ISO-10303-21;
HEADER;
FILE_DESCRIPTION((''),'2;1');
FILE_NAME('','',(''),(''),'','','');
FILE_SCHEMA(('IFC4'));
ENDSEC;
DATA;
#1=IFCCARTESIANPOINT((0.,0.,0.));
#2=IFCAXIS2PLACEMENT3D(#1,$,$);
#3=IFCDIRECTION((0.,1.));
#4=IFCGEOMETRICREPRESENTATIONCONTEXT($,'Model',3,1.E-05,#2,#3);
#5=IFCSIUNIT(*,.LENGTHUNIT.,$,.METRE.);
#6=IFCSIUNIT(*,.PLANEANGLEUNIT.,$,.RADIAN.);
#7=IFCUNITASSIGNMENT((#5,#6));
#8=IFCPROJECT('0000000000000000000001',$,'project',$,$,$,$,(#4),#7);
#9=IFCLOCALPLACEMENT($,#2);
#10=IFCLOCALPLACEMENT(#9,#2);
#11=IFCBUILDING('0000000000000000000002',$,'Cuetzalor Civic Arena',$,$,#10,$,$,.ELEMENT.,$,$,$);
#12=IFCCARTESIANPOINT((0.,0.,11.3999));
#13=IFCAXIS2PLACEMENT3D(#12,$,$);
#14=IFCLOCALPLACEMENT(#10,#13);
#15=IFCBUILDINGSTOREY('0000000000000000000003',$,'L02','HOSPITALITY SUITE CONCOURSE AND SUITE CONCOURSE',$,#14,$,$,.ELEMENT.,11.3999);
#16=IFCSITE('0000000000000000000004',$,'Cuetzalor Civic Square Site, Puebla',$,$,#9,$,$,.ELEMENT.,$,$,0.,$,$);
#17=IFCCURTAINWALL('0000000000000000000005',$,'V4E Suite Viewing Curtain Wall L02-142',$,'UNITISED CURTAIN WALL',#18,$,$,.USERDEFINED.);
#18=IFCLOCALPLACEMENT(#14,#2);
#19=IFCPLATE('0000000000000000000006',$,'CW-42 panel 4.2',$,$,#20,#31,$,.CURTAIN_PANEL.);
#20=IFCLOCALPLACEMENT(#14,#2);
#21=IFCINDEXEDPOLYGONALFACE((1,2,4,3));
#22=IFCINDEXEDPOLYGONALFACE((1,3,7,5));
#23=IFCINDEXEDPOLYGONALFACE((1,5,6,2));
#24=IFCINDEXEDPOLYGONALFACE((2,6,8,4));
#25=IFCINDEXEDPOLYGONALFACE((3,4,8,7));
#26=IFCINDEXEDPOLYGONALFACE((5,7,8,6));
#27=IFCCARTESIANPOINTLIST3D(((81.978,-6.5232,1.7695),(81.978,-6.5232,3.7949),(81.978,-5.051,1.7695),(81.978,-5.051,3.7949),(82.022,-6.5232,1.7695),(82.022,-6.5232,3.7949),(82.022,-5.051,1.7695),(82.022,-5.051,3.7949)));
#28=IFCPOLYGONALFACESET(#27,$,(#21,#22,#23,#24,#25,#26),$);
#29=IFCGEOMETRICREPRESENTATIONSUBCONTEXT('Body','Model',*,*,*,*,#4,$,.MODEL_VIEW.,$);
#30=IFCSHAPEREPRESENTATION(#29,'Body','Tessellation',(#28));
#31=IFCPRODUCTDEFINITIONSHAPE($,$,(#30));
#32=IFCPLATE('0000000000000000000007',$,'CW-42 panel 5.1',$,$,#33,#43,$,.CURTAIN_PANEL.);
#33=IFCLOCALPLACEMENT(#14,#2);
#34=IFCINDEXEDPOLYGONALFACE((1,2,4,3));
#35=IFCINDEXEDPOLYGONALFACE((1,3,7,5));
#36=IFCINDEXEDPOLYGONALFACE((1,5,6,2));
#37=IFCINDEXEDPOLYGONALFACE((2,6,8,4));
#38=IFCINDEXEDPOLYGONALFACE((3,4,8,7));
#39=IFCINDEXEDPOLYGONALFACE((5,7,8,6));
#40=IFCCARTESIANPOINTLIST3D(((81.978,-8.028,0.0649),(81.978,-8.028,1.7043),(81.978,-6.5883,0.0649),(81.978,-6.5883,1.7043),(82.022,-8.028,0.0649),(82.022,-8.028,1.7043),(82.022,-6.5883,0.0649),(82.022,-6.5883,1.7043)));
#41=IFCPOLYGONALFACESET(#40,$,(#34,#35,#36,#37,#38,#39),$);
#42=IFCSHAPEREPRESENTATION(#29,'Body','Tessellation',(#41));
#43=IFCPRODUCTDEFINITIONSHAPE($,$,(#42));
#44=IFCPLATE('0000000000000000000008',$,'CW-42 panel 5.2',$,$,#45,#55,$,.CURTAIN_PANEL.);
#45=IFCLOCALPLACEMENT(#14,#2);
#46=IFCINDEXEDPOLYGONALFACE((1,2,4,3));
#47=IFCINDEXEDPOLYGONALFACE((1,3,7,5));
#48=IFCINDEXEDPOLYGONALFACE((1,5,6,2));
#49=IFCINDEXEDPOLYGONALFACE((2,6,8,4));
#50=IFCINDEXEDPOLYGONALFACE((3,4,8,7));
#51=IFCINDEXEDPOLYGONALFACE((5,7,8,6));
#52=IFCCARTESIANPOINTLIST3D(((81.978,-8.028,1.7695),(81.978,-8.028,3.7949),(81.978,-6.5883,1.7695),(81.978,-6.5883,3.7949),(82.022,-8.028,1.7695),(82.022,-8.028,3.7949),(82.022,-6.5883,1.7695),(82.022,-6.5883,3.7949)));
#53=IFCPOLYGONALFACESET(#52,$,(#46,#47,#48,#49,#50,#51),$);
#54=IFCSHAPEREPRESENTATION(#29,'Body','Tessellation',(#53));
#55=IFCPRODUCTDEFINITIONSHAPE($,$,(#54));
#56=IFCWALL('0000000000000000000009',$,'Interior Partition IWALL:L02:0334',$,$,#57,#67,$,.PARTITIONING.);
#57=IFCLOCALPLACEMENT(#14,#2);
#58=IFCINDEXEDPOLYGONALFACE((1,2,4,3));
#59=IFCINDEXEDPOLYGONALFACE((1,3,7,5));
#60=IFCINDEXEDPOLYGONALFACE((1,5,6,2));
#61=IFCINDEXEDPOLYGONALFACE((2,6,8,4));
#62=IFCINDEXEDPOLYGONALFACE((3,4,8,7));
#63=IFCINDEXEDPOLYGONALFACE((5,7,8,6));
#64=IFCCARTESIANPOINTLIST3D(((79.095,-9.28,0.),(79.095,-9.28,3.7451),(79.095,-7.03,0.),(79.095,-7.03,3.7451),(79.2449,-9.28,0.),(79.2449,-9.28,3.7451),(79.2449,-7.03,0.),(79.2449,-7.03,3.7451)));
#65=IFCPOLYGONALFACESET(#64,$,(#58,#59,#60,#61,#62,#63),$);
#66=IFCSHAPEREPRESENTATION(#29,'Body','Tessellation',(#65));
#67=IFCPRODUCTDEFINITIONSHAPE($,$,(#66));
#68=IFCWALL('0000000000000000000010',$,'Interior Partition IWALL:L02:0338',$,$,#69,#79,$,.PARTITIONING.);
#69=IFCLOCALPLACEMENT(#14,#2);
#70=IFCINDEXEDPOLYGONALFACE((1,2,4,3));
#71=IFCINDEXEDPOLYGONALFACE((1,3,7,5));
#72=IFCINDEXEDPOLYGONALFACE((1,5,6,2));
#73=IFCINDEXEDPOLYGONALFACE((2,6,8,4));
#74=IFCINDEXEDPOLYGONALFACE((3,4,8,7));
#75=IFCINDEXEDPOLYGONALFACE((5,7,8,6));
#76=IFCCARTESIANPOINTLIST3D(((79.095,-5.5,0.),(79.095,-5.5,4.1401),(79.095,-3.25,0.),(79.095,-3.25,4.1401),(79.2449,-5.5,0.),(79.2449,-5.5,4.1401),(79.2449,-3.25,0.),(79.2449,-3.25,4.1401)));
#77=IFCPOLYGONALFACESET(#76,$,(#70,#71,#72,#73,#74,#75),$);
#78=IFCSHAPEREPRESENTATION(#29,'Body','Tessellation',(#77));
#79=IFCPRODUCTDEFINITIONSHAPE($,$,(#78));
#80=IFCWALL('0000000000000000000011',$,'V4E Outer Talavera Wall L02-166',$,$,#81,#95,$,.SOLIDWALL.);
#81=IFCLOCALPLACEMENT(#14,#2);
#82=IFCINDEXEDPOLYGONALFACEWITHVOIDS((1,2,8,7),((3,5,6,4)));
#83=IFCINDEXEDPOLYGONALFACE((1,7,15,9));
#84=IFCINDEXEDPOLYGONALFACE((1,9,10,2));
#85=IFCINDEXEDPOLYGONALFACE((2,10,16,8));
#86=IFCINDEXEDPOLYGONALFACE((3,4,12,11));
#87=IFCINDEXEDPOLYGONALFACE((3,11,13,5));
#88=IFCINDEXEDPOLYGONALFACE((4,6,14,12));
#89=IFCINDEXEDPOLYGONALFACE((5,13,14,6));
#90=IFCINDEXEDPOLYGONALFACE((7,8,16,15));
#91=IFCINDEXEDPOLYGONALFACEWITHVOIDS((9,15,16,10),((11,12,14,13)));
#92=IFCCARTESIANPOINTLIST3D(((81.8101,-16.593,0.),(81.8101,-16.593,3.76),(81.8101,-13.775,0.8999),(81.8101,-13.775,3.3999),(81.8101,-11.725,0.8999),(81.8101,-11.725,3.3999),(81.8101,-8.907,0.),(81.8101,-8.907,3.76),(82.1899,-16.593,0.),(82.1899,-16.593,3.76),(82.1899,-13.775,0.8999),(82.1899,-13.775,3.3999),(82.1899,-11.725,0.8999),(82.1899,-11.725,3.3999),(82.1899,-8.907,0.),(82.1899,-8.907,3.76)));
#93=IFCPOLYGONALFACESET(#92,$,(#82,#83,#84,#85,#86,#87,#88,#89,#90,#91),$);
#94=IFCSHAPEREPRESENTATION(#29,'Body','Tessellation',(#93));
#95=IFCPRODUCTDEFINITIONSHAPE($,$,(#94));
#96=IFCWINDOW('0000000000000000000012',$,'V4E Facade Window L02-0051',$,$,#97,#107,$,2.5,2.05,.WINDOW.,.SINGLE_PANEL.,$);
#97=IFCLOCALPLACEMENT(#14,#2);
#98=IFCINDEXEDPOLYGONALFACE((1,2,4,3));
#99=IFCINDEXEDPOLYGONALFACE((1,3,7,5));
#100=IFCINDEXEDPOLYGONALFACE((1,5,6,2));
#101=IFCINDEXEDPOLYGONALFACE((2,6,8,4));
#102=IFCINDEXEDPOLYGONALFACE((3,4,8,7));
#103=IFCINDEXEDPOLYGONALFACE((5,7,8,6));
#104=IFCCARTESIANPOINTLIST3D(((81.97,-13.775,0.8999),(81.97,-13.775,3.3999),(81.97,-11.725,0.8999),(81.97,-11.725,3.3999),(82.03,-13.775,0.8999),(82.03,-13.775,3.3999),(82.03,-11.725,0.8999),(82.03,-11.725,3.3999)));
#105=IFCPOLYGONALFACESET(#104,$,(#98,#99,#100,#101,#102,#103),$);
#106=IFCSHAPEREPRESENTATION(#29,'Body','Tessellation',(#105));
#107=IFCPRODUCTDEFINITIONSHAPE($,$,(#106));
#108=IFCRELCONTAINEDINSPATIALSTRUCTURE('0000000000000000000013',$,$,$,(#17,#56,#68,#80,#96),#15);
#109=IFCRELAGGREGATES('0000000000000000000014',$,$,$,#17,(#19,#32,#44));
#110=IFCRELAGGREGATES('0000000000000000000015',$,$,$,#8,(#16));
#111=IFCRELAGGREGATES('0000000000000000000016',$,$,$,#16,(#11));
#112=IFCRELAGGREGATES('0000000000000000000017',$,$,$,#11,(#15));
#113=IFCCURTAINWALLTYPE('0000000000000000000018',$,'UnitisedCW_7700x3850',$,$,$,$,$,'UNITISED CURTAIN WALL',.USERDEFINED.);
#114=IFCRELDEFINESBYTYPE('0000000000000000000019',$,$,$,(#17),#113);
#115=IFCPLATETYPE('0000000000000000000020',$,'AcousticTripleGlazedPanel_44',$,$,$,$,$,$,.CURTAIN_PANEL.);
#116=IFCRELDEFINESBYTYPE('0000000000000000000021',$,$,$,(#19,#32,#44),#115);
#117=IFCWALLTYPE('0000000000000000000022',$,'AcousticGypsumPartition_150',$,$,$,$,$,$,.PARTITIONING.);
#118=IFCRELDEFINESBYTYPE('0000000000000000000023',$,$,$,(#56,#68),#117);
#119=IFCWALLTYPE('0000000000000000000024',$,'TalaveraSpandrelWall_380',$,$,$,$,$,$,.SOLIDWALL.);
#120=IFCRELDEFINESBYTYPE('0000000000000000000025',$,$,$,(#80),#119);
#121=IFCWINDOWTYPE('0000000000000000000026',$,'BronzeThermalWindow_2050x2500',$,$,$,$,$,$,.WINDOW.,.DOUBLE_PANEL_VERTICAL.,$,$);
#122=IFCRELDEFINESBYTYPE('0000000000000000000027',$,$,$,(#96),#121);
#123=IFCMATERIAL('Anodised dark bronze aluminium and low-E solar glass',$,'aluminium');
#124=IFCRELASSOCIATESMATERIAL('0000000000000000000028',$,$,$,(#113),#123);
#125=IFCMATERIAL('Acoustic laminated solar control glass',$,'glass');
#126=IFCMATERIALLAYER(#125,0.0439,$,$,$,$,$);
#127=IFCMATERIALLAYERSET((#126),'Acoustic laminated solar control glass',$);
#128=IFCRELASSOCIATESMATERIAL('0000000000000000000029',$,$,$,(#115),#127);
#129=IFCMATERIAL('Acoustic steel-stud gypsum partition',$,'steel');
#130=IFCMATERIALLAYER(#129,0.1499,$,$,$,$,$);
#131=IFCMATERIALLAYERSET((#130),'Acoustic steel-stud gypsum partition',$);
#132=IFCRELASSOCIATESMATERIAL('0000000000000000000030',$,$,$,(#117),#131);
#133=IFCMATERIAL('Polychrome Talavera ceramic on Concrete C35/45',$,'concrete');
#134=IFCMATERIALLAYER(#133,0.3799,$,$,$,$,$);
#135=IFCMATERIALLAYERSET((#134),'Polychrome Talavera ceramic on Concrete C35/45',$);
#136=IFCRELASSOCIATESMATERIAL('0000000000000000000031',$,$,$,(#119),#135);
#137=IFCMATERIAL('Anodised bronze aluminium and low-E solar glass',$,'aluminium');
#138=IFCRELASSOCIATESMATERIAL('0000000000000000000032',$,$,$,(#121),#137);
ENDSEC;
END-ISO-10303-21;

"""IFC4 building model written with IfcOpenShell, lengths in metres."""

from ifc_helpers import new_model, si_unit, direction, frame, frame_2d, origin, origin_2d, place, context, subcontext, project, spatial, rectangle, extrude, material, layer, layer_set, type_object, element, fill, aggregate, save


model = new_model("IFC4")

# Units and contexts
model_context = context("Model", 3, precision=1e-05, world=origin(), true_north=direction((0.0, 1.0)))
body_context = subcontext(model_context, "Body", "Model", "MODEL_VIEW")
ifc_project = project(units=[si_unit("LENGTHUNIT", "METRE"), si_unit("PLANEANGLEUNIT", "RADIAN")], contexts=[model_context])

# Site, building, storey
site_placement = place(None, origin())
site = spatial("IfcSite", under=ifc_project, at=site_placement, Name="Cuetzalor Civic Square Site, Puebla", CompositionType="ELEMENT", RefElevation=0.0)
building_placement = place(site_placement, origin())
building = spatial("IfcBuilding", under=site, at=building_placement, Name="Cuetzalor Civic Arena", CompositionType="ELEMENT")
storey_placement = place(building_placement, frame((0.0, 0.0, 11.3999)))
storey = spatial("IfcBuildingStorey", under=building, at=storey_placement, Name="L02", Description="HOSPITALITY SUITE CONCOURSE AND SUITE CONCOURSE", CompositionType="ELEMENT", Elevation=11.3999)

# Curtain wall, plates
ifc_material_1 = material(Name="Anodised dark bronze aluminium and low-E solar glass", Category="aluminium")
curtain_wall_type = type_object("IfcCurtainWallType", Name="UnitisedCW_7700x3850", ElementType="UNITISED CURTAIN WALL", PredefinedType="USERDEFINED", material=ifc_material_1)
curtain_wall_placement = place(storey_placement, origin())
curtain_wall = element("IfcCurtainWall", 1, at=curtain_wall_placement, inside=storey, type_object=curtain_wall_type, Name="V4E Suite Viewing Curtain Wall L02-142", ObjectType="UNITISED CURTAIN WALL", PredefinedType="USERDEFINED")
ifc_material_2 = material(Name="Acoustic laminated solar control glass", Category="glass")
ifc_layer_1 = layer(ifc_material_2, 0.0439)
ifc_layer_set_1 = layer_set([ifc_layer_1], Name="Acoustic laminated solar control glass")
plate_type = type_object("IfcPlateType", Name="AcousticTripleGlazedPanel_44", PredefinedType="CURTAIN_PANEL", material=ifc_layer_set_1)
plate_1_placement = place(storey_placement, frame((82.0, -5.7871, 1.7695), z_axis=(0.0, 0.0, 1.0), x_axis=(0.0, -1.0, 0.0)))
plate_1 = element("IfcPlate", 2, at=plate_1_placement, type_object=plate_type, Name="CW-42 panel 4.2", PredefinedType="CURTAIN_PANEL", context=body_context, shape_type="SweptSolid", body=[
    extrude(rectangle(XDim=1.4722, YDim=0.0439, at=origin_2d()), origin(), (0.0, 0.0, 1.0), 2.0254),
])
plate_2_placement = place(storey_placement, frame((82.0, -7.3081, 0.0649), z_axis=(0.0, 0.0, 1.0), x_axis=(0.0, -1.0, 0.0)))
plate_2 = element("IfcPlate", 3, at=plate_2_placement, type_object=plate_type, Name="CW-42 panel 5.1", PredefinedType="CURTAIN_PANEL", context=body_context, shape_type="SweptSolid", body=[
    extrude(rectangle(XDim=1.4397, YDim=0.0439, at=origin_2d()), origin(), (0.0, 0.0, 1.0), 1.6394),
])
plate_3_placement = place(storey_placement, frame((82.0, -7.3081, 1.7695), z_axis=(0.0, 0.0, 1.0), x_axis=(0.0, -1.0, 0.0)))
plate_3 = element("IfcPlate", 4, at=plate_3_placement, type_object=plate_type, Name="CW-42 panel 5.2", PredefinedType="CURTAIN_PANEL", context=body_context, shape_type="SweptSolid", body=[
    extrude(rectangle(XDim=1.4397, YDim=0.0439, at=origin_2d()), origin(), (0.0, 0.0, 1.0), 2.0254),
])
aggregate(curtain_wall, [plate_1, plate_2, plate_3])

# Shared definitions
ifc_material_3 = material(Name="Acoustic steel-stud gypsum partition", Category="steel")
ifc_layer_2 = layer(ifc_material_3, 0.1499)
ifc_layer_set_2 = layer_set([ifc_layer_2], Name="Acoustic steel-stud gypsum partition")
wall_type_1 = type_object("IfcWallType", Name="AcousticGypsumPartition_150", PredefinedType="PARTITIONING", material=ifc_layer_set_2)

# Walls
wall_1_placement = place(storey_placement, frame((79.1699, -9.28, 0.0), z_axis=(0.0, 0.0, 1.0), x_axis=(0.0, 1.0, 0.0)))
element("IfcWall", 5, at=wall_1_placement, inside=storey, type_object=wall_type_1, Name="Interior Partition IWALL:L02:0334", PredefinedType="PARTITIONING", context=body_context, shape_type="SweptSolid", body=[
    extrude(rectangle(XDim=2.25, YDim=0.1499, at=frame_2d((1.125, 0.0))), origin(), (0.0, 0.0, 1.0), 3.7451),
])
wall_2_placement = place(storey_placement, frame((79.1699, -5.5, 0.0), z_axis=(0.0, 0.0, 1.0), x_axis=(0.0, 1.0, 0.0)))
element("IfcWall", 6, at=wall_2_placement, inside=storey, type_object=wall_type_1, Name="Interior Partition IWALL:L02:0338", PredefinedType="PARTITIONING", context=body_context, shape_type="SweptSolid", body=[
    extrude(rectangle(XDim=2.25, YDim=0.1499, at=frame_2d((1.125, 0.0))), origin(), (0.0, 0.0, 1.0), 4.1401),
])

# Wall, opening, window
ifc_material_4 = material(Name="Polychrome Talavera ceramic on Concrete C35/45", Category="concrete")
ifc_layer_3 = layer(ifc_material_4, 0.3799)
ifc_layer_set_3 = layer_set([ifc_layer_3], Name="Polychrome Talavera ceramic on Concrete C35/45")
wall_type_2 = type_object("IfcWallType", Name="TalaveraSpandrelWall_380", PredefinedType="SOLIDWALL", material=ifc_layer_set_3)
wall_3_placement = place(storey_placement, frame((82.0, -8.907, 0.0), z_axis=(0.0, 0.0, 1.0), x_axis=(0.0, -1.0, 0.0)))
wall_3 = element("IfcWall", 7, at=wall_3_placement, inside=storey, type_object=wall_type_2, Name="V4E Outer Talavera Wall L02-166", PredefinedType="SOLIDWALL", context=body_context, shape_type="SweptSolid", body=[
    extrude(rectangle(XDim=7.686, YDim=0.3799, at=frame_2d((3.843, 0.0))), origin(), (0.0, 0.0, 1.0), 3.76),
])
opening_1_placement = place(wall_3_placement, frame((2.8181, 0.0, 0.8999)))
opening_1 = element("IfcOpeningElement", 8, at=opening_1_placement, cuts=wall_3, PredefinedType="OPENING", context=body_context, shape_type="SweptSolid", body=[
    extrude(rectangle(XDim=2.05, YDim=2.5, at=frame_2d((1.0249, 1.25))), frame((0.0, 0.2, 0.0), z_axis=(0.0, -1.0, 0.0), x_axis=(1.0, 0.0, 0.0)), (0.0, 0.0, 1.0), 0.3999),
])
ifc_material_5 = material(Name="Anodised bronze aluminium and low-E solar glass", Category="aluminium")
window_type = type_object("IfcWindowType", Name="BronzeThermalWindow_2050x2500", PartitioningType="DOUBLE_PANEL_VERTICAL", PredefinedType="WINDOW", material=ifc_material_5)
window_placement = place(opening_1_placement, origin())
window = element("IfcWindow", 9, at=window_placement, inside=storey, type_object=window_type, Name="V4E Facade Window L02-0051", OverallHeight=2.5, OverallWidth=2.05, PartitioningType="SINGLE_PANEL", PredefinedType="WINDOW", context=body_context, shape_type="SweptSolid", body=[
    extrude(rectangle(XDim=2.05, YDim=2.5, at=frame_2d((1.0249, 1.25))), frame((0.0, 0.03, 0.0), z_axis=(0.0, -1.0, 0.0), x_axis=(1.0, 0.0, 0.0)), (0.0, 0.0, 1.0), 0.0601),
])
fill(opening_1, window)

save(model, "model.ifc")
